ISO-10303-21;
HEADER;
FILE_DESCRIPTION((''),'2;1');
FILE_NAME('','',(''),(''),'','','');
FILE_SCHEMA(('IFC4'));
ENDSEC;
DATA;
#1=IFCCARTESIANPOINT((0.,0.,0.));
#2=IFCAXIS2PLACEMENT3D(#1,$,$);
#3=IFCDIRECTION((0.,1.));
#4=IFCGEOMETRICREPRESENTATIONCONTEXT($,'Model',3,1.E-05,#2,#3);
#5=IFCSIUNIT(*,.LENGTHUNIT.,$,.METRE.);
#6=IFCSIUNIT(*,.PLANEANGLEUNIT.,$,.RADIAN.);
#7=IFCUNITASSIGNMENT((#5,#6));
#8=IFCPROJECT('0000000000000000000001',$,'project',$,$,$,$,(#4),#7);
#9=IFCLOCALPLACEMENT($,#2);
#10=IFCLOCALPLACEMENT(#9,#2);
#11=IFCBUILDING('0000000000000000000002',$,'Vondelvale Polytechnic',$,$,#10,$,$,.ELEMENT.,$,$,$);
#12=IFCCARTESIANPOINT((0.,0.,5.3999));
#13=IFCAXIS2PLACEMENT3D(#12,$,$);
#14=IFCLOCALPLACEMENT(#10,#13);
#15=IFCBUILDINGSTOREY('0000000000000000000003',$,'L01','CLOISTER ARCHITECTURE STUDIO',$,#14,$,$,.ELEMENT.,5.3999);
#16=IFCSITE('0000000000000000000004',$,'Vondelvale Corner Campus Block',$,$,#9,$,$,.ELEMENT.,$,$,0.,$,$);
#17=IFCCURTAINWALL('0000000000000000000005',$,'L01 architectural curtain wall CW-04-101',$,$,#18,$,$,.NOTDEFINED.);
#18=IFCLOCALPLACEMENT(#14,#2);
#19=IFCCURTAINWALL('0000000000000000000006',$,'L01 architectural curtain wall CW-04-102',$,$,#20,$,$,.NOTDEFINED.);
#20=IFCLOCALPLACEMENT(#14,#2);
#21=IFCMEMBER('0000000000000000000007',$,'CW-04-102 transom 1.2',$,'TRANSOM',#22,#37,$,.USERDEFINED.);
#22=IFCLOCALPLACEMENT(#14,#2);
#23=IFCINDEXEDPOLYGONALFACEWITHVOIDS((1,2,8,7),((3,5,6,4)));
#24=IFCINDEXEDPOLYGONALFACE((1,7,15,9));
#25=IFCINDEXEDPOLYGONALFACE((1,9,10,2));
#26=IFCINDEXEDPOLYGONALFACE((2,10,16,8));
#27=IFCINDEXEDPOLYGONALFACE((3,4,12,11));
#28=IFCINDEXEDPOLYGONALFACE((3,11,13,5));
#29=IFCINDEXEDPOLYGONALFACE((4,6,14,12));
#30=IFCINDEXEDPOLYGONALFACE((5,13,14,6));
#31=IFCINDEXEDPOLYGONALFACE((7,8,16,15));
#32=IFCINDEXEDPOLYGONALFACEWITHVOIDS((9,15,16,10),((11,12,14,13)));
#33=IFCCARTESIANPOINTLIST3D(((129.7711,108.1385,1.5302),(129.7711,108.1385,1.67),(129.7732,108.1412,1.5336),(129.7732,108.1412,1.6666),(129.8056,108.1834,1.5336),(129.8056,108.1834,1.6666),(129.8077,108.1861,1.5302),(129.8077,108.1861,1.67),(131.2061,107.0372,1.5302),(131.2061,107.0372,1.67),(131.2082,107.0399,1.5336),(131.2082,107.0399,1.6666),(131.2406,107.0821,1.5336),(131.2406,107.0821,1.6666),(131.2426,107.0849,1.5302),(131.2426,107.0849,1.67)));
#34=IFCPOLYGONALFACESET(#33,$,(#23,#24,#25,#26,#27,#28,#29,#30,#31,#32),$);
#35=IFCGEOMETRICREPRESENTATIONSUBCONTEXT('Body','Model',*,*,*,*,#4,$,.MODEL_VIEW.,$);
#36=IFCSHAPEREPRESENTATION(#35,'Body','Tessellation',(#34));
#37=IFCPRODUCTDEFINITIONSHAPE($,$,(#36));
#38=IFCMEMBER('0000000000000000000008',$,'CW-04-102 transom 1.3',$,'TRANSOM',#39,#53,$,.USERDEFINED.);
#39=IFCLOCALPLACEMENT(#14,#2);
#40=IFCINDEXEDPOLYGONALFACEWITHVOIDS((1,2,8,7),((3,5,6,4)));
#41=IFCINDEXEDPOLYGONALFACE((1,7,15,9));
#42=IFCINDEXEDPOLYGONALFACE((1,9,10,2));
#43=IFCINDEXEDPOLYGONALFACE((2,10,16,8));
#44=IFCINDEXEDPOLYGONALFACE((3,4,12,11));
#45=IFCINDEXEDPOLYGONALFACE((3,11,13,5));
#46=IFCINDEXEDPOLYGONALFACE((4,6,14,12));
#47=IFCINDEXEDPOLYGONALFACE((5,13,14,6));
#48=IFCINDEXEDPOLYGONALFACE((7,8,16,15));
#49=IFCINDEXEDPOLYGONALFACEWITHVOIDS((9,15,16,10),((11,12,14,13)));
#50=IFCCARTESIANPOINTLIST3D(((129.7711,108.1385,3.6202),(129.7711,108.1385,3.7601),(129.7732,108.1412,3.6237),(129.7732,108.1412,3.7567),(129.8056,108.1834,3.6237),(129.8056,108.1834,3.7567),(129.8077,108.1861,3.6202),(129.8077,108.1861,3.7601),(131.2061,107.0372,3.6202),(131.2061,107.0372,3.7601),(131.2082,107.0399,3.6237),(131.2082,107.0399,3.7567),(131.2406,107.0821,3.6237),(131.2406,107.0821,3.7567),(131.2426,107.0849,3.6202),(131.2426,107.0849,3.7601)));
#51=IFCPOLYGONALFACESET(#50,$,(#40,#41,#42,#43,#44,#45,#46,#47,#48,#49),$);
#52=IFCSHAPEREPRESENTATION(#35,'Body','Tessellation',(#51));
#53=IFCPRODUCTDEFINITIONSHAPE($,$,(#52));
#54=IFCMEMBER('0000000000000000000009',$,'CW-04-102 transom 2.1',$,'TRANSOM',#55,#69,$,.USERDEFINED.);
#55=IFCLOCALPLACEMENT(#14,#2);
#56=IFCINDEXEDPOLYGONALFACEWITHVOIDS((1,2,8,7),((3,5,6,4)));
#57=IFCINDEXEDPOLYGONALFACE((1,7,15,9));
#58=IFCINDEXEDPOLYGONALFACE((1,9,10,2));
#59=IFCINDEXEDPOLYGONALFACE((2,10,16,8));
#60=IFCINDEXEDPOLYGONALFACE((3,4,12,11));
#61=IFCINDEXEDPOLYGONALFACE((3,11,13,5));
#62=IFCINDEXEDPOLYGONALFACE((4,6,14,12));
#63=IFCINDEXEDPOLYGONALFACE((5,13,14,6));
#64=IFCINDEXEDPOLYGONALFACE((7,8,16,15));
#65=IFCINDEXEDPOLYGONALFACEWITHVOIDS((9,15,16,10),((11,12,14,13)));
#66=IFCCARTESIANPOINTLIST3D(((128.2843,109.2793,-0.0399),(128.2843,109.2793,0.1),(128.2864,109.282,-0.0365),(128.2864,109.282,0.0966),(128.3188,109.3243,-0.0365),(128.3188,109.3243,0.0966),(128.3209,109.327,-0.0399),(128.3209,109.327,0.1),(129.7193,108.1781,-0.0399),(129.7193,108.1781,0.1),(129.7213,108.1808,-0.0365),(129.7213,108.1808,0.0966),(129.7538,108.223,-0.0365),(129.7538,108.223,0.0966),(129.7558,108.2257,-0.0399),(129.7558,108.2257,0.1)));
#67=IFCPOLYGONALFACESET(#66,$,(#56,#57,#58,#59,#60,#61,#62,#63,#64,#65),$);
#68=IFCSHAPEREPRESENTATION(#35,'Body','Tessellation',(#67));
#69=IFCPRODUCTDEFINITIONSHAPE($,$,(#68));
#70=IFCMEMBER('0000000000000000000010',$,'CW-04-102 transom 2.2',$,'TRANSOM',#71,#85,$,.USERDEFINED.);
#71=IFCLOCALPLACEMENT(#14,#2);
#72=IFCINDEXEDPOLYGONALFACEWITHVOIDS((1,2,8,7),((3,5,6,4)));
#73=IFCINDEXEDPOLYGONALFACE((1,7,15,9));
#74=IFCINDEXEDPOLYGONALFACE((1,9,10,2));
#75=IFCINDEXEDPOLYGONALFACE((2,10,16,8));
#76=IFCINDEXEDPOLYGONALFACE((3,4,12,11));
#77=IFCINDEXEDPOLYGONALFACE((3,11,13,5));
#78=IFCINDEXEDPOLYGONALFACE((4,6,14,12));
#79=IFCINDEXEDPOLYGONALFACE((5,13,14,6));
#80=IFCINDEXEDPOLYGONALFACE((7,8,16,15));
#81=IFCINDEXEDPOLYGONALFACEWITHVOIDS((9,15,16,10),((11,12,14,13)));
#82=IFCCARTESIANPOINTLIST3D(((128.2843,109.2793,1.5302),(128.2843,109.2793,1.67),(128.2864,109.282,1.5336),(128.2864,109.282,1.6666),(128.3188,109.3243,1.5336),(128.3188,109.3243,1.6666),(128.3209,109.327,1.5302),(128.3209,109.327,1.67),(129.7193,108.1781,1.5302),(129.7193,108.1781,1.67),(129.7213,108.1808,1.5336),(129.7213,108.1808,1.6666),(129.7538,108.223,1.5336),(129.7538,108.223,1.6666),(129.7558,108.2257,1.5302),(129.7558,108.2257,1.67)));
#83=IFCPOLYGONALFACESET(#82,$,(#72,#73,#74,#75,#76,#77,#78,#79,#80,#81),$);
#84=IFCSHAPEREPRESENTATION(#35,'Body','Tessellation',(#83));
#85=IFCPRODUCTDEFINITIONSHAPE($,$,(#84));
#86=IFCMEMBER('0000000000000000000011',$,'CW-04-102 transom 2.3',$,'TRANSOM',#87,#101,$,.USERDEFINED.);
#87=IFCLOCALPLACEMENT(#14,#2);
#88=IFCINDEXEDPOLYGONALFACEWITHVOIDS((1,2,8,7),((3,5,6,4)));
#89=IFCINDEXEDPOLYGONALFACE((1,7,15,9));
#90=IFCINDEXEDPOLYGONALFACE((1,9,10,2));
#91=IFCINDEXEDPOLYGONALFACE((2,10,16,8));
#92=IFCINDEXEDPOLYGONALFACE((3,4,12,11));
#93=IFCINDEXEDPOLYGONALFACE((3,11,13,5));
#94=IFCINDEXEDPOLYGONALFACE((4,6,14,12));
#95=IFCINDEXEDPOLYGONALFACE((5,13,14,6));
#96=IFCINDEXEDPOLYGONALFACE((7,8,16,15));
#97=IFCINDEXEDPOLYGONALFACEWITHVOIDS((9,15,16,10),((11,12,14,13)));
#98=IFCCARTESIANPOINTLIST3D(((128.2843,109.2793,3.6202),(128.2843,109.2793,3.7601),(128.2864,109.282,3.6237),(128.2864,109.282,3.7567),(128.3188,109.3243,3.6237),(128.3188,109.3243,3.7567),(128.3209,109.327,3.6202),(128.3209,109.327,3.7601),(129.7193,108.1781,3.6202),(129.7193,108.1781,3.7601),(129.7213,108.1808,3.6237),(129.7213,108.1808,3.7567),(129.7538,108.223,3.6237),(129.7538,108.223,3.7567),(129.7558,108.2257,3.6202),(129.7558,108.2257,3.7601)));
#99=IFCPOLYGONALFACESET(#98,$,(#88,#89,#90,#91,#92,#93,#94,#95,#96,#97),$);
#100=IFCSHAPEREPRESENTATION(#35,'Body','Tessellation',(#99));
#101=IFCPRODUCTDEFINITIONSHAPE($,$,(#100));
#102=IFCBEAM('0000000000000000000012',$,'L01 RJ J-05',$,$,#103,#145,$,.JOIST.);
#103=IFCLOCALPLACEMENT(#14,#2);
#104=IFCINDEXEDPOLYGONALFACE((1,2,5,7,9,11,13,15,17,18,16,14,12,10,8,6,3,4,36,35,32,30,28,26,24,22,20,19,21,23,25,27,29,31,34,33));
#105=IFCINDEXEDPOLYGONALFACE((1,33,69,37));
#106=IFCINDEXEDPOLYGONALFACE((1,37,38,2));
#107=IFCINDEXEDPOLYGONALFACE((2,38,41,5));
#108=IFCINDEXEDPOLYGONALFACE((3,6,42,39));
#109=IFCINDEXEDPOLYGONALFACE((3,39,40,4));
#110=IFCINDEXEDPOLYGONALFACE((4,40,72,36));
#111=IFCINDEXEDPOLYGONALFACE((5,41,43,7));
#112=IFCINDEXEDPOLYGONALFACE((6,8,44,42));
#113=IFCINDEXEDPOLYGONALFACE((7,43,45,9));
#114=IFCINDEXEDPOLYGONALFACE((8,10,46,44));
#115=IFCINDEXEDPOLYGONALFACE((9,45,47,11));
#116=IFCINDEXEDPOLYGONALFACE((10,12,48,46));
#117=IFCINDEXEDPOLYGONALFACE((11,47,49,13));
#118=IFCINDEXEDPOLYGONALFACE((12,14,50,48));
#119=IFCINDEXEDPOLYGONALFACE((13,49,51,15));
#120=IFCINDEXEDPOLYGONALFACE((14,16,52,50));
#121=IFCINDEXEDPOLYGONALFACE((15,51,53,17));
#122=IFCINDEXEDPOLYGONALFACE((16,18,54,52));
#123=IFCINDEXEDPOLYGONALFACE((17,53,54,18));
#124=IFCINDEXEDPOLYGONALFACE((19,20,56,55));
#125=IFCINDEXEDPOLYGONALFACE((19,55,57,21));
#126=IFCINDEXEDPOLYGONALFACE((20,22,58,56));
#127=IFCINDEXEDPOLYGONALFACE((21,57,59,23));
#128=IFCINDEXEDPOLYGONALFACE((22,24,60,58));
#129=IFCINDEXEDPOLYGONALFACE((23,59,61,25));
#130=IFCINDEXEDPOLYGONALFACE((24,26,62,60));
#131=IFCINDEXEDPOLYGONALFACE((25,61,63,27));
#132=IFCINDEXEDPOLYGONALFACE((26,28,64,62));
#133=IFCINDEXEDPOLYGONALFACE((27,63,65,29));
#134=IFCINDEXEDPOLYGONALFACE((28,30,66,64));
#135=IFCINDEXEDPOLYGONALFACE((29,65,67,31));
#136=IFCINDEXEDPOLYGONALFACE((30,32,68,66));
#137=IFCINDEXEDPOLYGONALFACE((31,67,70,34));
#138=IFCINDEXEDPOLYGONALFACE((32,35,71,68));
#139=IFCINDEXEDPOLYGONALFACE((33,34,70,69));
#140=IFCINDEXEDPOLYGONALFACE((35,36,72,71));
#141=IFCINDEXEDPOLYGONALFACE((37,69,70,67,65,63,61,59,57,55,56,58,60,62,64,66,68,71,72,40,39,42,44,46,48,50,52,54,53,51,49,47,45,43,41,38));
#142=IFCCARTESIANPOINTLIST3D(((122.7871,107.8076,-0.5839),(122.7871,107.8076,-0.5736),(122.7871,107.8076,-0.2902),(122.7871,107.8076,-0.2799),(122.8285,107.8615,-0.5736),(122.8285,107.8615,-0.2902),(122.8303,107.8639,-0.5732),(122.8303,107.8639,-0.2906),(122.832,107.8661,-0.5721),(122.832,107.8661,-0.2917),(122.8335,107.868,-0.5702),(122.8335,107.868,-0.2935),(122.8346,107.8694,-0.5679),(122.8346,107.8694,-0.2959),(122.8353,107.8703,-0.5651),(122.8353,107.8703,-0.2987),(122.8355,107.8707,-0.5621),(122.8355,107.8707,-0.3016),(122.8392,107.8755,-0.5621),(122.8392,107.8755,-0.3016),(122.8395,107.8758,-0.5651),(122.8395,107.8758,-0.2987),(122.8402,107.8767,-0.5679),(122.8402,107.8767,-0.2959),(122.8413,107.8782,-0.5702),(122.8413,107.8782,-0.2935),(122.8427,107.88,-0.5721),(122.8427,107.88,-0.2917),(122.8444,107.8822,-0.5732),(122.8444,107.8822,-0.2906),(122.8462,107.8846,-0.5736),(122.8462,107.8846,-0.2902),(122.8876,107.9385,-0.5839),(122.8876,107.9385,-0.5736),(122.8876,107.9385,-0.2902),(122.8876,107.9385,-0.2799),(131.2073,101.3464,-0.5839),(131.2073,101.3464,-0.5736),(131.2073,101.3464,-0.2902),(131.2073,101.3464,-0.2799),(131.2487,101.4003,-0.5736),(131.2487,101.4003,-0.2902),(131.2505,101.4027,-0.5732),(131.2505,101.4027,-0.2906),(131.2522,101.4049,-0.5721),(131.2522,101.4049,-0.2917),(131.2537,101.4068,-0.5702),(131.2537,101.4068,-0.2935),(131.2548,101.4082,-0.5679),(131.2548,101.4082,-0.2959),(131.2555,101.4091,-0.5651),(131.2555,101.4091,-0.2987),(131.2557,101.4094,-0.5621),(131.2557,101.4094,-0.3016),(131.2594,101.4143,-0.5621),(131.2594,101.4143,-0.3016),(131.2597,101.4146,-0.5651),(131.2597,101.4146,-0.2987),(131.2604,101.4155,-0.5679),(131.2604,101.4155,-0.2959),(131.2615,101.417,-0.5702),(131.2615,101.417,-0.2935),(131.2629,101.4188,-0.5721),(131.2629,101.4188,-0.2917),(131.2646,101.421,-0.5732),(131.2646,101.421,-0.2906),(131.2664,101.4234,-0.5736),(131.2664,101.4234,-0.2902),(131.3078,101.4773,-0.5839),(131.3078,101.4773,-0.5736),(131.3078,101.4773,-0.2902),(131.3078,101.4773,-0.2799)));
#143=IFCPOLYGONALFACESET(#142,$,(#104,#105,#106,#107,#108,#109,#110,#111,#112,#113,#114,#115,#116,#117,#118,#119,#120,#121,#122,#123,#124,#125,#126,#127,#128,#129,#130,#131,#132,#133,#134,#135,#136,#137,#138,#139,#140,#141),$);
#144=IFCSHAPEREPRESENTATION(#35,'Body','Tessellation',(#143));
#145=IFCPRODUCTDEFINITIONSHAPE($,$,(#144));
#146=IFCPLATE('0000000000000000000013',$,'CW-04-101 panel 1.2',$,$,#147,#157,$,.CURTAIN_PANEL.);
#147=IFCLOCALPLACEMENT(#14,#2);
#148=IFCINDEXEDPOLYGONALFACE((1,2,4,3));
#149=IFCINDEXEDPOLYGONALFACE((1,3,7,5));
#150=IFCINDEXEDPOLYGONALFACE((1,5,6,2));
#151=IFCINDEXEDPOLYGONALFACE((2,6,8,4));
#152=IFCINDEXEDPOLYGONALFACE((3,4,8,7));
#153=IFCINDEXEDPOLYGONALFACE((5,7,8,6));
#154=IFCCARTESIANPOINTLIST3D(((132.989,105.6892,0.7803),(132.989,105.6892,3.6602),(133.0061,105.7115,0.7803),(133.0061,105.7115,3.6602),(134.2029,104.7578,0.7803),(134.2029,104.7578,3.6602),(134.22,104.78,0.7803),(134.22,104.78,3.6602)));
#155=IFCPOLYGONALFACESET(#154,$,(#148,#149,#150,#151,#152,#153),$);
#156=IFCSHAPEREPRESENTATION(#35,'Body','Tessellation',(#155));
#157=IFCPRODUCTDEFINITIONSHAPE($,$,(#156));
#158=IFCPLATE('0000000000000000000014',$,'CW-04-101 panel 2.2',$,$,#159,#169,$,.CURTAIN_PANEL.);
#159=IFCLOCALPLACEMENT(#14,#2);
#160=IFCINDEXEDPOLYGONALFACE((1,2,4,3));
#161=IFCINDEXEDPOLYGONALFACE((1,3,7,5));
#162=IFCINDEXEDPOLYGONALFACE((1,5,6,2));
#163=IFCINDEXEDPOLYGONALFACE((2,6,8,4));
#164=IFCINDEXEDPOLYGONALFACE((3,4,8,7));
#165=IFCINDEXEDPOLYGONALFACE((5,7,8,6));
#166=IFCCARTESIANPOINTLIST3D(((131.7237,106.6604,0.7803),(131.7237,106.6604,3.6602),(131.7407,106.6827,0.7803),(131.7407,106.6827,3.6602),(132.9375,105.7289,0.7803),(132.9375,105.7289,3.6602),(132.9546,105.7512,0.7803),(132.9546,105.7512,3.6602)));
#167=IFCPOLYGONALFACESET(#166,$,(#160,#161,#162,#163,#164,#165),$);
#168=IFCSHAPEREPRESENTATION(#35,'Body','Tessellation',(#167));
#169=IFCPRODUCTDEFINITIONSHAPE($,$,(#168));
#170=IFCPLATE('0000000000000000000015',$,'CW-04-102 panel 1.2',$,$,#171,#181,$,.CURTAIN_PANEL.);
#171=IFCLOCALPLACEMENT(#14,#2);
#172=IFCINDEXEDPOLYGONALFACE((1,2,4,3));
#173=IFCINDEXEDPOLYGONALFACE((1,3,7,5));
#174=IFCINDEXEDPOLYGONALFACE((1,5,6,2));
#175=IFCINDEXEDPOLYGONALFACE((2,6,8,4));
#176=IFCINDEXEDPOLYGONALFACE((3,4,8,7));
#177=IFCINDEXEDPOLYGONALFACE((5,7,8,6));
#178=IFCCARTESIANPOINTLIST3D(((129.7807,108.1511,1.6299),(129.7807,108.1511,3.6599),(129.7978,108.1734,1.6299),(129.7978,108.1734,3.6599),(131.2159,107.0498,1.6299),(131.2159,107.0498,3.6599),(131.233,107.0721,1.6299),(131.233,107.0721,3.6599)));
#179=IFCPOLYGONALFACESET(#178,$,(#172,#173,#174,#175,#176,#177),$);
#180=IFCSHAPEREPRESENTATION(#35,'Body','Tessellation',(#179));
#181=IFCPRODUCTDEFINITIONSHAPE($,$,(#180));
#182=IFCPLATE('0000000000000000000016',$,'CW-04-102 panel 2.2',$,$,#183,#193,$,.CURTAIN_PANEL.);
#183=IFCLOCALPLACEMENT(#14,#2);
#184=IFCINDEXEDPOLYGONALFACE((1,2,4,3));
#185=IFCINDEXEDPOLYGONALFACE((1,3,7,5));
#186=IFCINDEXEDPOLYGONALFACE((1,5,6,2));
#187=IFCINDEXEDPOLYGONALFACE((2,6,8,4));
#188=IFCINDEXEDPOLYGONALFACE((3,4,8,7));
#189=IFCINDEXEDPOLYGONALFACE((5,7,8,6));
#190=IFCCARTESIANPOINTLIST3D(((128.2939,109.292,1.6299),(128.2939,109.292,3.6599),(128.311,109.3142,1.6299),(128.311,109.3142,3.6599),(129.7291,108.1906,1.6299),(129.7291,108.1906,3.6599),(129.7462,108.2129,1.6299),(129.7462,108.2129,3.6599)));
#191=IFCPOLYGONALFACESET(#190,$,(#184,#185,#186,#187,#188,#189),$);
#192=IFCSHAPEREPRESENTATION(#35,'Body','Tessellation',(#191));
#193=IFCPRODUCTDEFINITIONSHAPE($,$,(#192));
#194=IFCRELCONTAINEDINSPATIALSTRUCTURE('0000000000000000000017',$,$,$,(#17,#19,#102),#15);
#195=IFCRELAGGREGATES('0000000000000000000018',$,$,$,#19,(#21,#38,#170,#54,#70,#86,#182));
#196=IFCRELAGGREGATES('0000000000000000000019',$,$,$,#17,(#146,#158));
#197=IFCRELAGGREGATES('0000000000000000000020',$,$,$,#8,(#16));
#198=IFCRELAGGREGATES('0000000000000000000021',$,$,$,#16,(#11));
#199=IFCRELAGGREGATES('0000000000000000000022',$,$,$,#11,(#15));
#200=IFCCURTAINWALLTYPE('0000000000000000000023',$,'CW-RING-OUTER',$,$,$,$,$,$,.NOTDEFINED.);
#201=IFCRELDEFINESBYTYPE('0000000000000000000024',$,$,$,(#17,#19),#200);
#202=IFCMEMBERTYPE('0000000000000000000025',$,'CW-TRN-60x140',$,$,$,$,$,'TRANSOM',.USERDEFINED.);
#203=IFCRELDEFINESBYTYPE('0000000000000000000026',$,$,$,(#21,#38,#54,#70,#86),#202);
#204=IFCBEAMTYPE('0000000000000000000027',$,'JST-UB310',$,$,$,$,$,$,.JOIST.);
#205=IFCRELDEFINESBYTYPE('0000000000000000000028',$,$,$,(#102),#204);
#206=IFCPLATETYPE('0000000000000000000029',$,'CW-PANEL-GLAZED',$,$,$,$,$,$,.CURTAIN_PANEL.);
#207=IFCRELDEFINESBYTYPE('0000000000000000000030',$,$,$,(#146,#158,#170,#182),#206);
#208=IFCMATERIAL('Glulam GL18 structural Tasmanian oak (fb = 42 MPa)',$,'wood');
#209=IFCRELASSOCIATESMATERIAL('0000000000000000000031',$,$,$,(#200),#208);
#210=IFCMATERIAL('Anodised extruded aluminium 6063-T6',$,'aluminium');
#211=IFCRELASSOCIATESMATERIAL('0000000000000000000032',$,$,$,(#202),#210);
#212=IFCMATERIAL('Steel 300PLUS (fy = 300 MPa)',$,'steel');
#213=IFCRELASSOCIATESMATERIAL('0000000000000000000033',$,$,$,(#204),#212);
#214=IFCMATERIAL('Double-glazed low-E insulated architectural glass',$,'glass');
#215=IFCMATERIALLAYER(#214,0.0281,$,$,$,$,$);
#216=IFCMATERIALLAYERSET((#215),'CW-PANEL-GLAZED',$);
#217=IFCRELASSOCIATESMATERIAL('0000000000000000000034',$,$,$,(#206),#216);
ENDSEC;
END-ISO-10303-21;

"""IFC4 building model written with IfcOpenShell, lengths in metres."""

from ifc_helpers import new_model, si_unit, direction, frame, origin, origin_2d, place, context, subcontext, project, spatial, rectangle, hollow_rectangle, i_section, extrude, material, layer, layer_set, material_profile, profile_set, type_object, element, aggregate, save


model = new_model("IFC4")

# Units and contexts
model_context = context("Model", 3, precision=1e-05, world=origin(), true_north=direction((0.0, 1.0)))
body_context = subcontext(model_context, "Body", "Model", "MODEL_VIEW")
ifc_project = project(units=[si_unit("LENGTHUNIT", "METRE"), si_unit("PLANEANGLEUNIT", "RADIAN")], contexts=[model_context])

# Site, building, storey
site_placement = place(None, origin())
site = spatial("IfcSite", under=ifc_project, at=site_placement, Name="Vondelvale Corner Campus Block", CompositionType="ELEMENT", RefElevation=0.0)
building_placement = place(site_placement, origin())
building = spatial("IfcBuilding", under=site, at=building_placement, Name="Vondelvale Polytechnic", CompositionType="ELEMENT")
storey_placement = place(building_placement, frame((0.0, 0.0, 5.3999)))
storey = spatial("IfcBuildingStorey", under=building, at=storey_placement, Name="L01", Description="CLOISTER ARCHITECTURE STUDIO", CompositionType="ELEMENT", Elevation=5.3999)

# Shared definitions
ifc_material_1 = material(Name="Glulam GL18 structural Tasmanian oak (fb = 42 MPa)", Category="wood")

# Curtain walls
curtain_wall_type = type_object("IfcCurtainWallType", Name="CW-RING-OUTER", PredefinedType="NOTDEFINED", material=ifc_material_1)
curtain_wall_1_placement = place(storey_placement, origin())
curtain_wall_1 = element("IfcCurtainWall", 1, at=curtain_wall_1_placement, inside=storey, type_object=curtain_wall_type, Name="L01 architectural curtain wall CW-04-101", PredefinedType="NOTDEFINED")
ifc_material_2 = material(Name="Anodised extruded aluminium 6063-T6", Category="aluminium")
curtain_wall_2_placement = place(storey_placement, origin())
curtain_wall_2 = element("IfcCurtainWall", 2, at=curtain_wall_2_placement, inside=storey, type_object=curtain_wall_type, Name="L01 architectural curtain wall CW-04-102", PredefinedType="NOTDEFINED")

# Members
ifc_material_profile_1 = material_profile(ifc_material_2, hollow_rectangle(XDim=0.0601, YDim=0.1399, WallThickness=0.0034, at=origin_2d()), Name="CW-TRN-140x60")
ifc_profile_set_1 = profile_set([ifc_material_profile_1], Name="Anodised extruded aluminium 6063-T6")
member_type_1 = type_object("IfcMemberType", Name="CW-TRN-60x140", ElementType="TRANSOM", PredefinedType="USERDEFINED", material=ifc_profile_set_1)
member_1_placement = place(storey_placement, frame((131.2244, 107.061, 1.6001), z_axis=(-0.793311, 0.608817, 0.0), x_axis=(-0.608817, -0.793311, 0.0)))
member_1 = element("IfcMember", 3, at=member_1_placement, type_object=member_type_1, Name="CW-04-102 transom 1.2", ObjectType="TRANSOM", PredefinedType="USERDEFINED", context=body_context, shape_type="SweptSolid", body=[
    extrude(hollow_rectangle(XDim=0.0601, YDim=0.1399, WallThickness=0.0034, at=origin_2d()), origin(), (0.0, 0.0, 1.0), 1.8088),
])
member_2_placement = place(storey_placement, frame((131.2244, 107.061, 3.6902), z_axis=(-0.793311, 0.608817, 0.0), x_axis=(-0.608817, -0.793311, 0.0)))
member_2 = element("IfcMember", 4, at=member_2_placement, type_object=member_type_1, Name="CW-04-102 transom 1.3", ObjectType="TRANSOM", PredefinedType="USERDEFINED", context=body_context, shape_type="SweptSolid", body=[
    extrude(hollow_rectangle(XDim=0.0601, YDim=0.1399, WallThickness=0.0034, at=origin_2d()), origin(), (0.0, 0.0, 1.0), 1.8088),
])
member_3_placement = place(storey_placement, frame((129.7375, 108.2019, 0.03), z_axis=(-0.793311, 0.608817, 0.0), x_axis=(-0.608817, -0.793311, 0.0)))
member_3 = element("IfcMember", 5, at=member_3_placement, type_object=member_type_1, Name="CW-04-102 transom 2.1", ObjectType="TRANSOM", PredefinedType="USERDEFINED", context=body_context, shape_type="SweptSolid", body=[
    extrude(hollow_rectangle(XDim=0.0601, YDim=0.1399, WallThickness=0.0034, at=origin_2d()), origin(), (0.0, 0.0, 1.0), 1.8088),
])
member_4_placement = place(storey_placement, frame((129.7375, 108.2019, 1.6001), z_axis=(-0.793311, 0.608817, 0.0), x_axis=(-0.608817, -0.793311, 0.0)))
member_4 = element("IfcMember", 6, at=member_4_placement, type_object=member_type_1, Name="CW-04-102 transom 2.2", ObjectType="TRANSOM", PredefinedType="USERDEFINED", context=body_context, shape_type="SweptSolid", body=[
    extrude(hollow_rectangle(XDim=0.0601, YDim=0.1399, WallThickness=0.0034, at=origin_2d()), origin(), (0.0, 0.0, 1.0), 1.8088),
])
member_5_placement = place(storey_placement, frame((129.7375, 108.2019, 3.6902), z_axis=(-0.793311, 0.608817, 0.0), x_axis=(-0.608817, -0.793311, 0.0)))
member_5 = element("IfcMember", 7, at=member_5_placement, type_object=member_type_1, Name="CW-04-102 transom 2.3", ObjectType="TRANSOM", PredefinedType="USERDEFINED", context=body_context, shape_type="SweptSolid", body=[
    extrude(hollow_rectangle(XDim=0.0601, YDim=0.1399, WallThickness=0.0034, at=origin_2d()), origin(), (0.0, 0.0, 1.0), 1.8088),
])

# Beam
ifc_material_3 = material(Name="Steel 300PLUS (fy = 300 MPa)", Category="steel")
ifc_material_profile_2 = material_profile(ifc_material_3, i_section(OverallWidth=0.165, OverallDepth=0.304, WebThickness=0.0061, FlangeThickness=0.0103, FilletRadius=0.0115, at=origin_2d()), Name="310UB40.4")
ifc_profile_set_2 = profile_set([ifc_material_profile_2], Name="Steel 300PLUS (fy = 300 MPa)")
beam_type = type_object("IfcBeamType", Name="JST-UB310", PredefinedType="JOIST", material=ifc_profile_set_2)
beam_placement = place(storey_placement, frame((131.2576, 101.4119, -0.4319), z_axis=(-0.793346, 0.608771, 0.0), x_axis=(-0.608771, -0.793346, 0.0)))
element("IfcBeam", 8, at=beam_placement, inside=storey, type_object=beam_type, Name="L01 RJ J-05", PredefinedType="JOIST", context=body_context, shape_type="SweptSolid", body=[
    extrude(i_section(OverallWidth=0.165, OverallDepth=0.304, WebThickness=0.0061, FlangeThickness=0.0103, FilletRadius=0.0115, at=origin_2d()), origin(), (0.0, 0.0, 1.0), 10.6135),
])

# Plates
ifc_material_4 = material(Name="Double-glazed low-E insulated architectural glass", Category="glass")
ifc_layer_1 = layer(ifc_material_4, 0.0281)
ifc_layer_set_1 = layer_set([ifc_layer_1], Name="CW-PANEL-GLAZED")
plate_type_1 = type_object("IfcPlateType", Name="CW-PANEL-GLAZED", PredefinedType="CURTAIN_PANEL", material=ifc_layer_set_1)
plate_1_placement = place(storey_placement, frame((133.6045, 105.2346, 0.7803), z_axis=(0.0, 0.0, 1.0), x_axis=(-0.793334, 0.608787, 0.0)))
plate_1 = element("IfcPlate", 9, at=plate_1_placement, type_object=plate_type_1, Name="CW-04-101 panel 1.2", PredefinedType="CURTAIN_PANEL", context=body_context, shape_type="SweptSolid", body=[
    extrude(rectangle(XDim=1.53, YDim=0.0281, at=origin_2d()), origin(), (0.0, 0.0, 1.0), 2.8799),
])
plate_2_placement = place(storey_placement, frame((132.3391, 106.2058, 0.7803), z_axis=(0.0, 0.0, 1.0), x_axis=(-0.793334, 0.608787, 0.0)))
plate_2 = element("IfcPlate", 10, at=plate_2_placement, type_object=plate_type_1, Name="CW-04-101 panel 2.2", PredefinedType="CURTAIN_PANEL", context=body_context, shape_type="SweptSolid", body=[
    extrude(rectangle(XDim=1.53, YDim=0.0281, at=origin_2d()), origin(), (0.0, 0.0, 1.0), 2.8799),
])
plate_3_placement = place(storey_placement, frame((130.5068, 107.6116, 1.6299), z_axis=(0.0, 0.0, 1.0), x_axis=(-0.793346, 0.608771, 0.0)))
plate_3 = element("IfcPlate", 11, at=plate_3_placement, type_object=plate_type_1, Name="CW-04-102 panel 1.2", PredefinedType="CURTAIN_PANEL", context=body_context, shape_type="SweptSolid", body=[
    extrude(rectangle(XDim=1.8091, YDim=0.0281, at=origin_2d()), origin(), (0.0, 0.0, 1.0), 2.03),
])
plate_4_placement = place(storey_placement, frame((129.02, 108.7524, 1.6299), z_axis=(0.0, 0.0, 1.0), x_axis=(-0.793346, 0.608771, 0.0)))
plate_4 = element("IfcPlate", 12, at=plate_4_placement, type_object=plate_type_1, Name="CW-04-102 panel 2.2", PredefinedType="CURTAIN_PANEL", context=body_context, shape_type="SweptSolid", body=[
    extrude(rectangle(XDim=1.8091, YDim=0.0281, at=origin_2d()), origin(), (0.0, 0.0, 1.0), 2.03),
])
aggregate(curtain_wall_2, [member_1, member_2, plate_3, member_3, member_4, member_5, plate_4])
aggregate(curtain_wall_1, [plate_1, plate_2])

save(model, "model.ifc")
